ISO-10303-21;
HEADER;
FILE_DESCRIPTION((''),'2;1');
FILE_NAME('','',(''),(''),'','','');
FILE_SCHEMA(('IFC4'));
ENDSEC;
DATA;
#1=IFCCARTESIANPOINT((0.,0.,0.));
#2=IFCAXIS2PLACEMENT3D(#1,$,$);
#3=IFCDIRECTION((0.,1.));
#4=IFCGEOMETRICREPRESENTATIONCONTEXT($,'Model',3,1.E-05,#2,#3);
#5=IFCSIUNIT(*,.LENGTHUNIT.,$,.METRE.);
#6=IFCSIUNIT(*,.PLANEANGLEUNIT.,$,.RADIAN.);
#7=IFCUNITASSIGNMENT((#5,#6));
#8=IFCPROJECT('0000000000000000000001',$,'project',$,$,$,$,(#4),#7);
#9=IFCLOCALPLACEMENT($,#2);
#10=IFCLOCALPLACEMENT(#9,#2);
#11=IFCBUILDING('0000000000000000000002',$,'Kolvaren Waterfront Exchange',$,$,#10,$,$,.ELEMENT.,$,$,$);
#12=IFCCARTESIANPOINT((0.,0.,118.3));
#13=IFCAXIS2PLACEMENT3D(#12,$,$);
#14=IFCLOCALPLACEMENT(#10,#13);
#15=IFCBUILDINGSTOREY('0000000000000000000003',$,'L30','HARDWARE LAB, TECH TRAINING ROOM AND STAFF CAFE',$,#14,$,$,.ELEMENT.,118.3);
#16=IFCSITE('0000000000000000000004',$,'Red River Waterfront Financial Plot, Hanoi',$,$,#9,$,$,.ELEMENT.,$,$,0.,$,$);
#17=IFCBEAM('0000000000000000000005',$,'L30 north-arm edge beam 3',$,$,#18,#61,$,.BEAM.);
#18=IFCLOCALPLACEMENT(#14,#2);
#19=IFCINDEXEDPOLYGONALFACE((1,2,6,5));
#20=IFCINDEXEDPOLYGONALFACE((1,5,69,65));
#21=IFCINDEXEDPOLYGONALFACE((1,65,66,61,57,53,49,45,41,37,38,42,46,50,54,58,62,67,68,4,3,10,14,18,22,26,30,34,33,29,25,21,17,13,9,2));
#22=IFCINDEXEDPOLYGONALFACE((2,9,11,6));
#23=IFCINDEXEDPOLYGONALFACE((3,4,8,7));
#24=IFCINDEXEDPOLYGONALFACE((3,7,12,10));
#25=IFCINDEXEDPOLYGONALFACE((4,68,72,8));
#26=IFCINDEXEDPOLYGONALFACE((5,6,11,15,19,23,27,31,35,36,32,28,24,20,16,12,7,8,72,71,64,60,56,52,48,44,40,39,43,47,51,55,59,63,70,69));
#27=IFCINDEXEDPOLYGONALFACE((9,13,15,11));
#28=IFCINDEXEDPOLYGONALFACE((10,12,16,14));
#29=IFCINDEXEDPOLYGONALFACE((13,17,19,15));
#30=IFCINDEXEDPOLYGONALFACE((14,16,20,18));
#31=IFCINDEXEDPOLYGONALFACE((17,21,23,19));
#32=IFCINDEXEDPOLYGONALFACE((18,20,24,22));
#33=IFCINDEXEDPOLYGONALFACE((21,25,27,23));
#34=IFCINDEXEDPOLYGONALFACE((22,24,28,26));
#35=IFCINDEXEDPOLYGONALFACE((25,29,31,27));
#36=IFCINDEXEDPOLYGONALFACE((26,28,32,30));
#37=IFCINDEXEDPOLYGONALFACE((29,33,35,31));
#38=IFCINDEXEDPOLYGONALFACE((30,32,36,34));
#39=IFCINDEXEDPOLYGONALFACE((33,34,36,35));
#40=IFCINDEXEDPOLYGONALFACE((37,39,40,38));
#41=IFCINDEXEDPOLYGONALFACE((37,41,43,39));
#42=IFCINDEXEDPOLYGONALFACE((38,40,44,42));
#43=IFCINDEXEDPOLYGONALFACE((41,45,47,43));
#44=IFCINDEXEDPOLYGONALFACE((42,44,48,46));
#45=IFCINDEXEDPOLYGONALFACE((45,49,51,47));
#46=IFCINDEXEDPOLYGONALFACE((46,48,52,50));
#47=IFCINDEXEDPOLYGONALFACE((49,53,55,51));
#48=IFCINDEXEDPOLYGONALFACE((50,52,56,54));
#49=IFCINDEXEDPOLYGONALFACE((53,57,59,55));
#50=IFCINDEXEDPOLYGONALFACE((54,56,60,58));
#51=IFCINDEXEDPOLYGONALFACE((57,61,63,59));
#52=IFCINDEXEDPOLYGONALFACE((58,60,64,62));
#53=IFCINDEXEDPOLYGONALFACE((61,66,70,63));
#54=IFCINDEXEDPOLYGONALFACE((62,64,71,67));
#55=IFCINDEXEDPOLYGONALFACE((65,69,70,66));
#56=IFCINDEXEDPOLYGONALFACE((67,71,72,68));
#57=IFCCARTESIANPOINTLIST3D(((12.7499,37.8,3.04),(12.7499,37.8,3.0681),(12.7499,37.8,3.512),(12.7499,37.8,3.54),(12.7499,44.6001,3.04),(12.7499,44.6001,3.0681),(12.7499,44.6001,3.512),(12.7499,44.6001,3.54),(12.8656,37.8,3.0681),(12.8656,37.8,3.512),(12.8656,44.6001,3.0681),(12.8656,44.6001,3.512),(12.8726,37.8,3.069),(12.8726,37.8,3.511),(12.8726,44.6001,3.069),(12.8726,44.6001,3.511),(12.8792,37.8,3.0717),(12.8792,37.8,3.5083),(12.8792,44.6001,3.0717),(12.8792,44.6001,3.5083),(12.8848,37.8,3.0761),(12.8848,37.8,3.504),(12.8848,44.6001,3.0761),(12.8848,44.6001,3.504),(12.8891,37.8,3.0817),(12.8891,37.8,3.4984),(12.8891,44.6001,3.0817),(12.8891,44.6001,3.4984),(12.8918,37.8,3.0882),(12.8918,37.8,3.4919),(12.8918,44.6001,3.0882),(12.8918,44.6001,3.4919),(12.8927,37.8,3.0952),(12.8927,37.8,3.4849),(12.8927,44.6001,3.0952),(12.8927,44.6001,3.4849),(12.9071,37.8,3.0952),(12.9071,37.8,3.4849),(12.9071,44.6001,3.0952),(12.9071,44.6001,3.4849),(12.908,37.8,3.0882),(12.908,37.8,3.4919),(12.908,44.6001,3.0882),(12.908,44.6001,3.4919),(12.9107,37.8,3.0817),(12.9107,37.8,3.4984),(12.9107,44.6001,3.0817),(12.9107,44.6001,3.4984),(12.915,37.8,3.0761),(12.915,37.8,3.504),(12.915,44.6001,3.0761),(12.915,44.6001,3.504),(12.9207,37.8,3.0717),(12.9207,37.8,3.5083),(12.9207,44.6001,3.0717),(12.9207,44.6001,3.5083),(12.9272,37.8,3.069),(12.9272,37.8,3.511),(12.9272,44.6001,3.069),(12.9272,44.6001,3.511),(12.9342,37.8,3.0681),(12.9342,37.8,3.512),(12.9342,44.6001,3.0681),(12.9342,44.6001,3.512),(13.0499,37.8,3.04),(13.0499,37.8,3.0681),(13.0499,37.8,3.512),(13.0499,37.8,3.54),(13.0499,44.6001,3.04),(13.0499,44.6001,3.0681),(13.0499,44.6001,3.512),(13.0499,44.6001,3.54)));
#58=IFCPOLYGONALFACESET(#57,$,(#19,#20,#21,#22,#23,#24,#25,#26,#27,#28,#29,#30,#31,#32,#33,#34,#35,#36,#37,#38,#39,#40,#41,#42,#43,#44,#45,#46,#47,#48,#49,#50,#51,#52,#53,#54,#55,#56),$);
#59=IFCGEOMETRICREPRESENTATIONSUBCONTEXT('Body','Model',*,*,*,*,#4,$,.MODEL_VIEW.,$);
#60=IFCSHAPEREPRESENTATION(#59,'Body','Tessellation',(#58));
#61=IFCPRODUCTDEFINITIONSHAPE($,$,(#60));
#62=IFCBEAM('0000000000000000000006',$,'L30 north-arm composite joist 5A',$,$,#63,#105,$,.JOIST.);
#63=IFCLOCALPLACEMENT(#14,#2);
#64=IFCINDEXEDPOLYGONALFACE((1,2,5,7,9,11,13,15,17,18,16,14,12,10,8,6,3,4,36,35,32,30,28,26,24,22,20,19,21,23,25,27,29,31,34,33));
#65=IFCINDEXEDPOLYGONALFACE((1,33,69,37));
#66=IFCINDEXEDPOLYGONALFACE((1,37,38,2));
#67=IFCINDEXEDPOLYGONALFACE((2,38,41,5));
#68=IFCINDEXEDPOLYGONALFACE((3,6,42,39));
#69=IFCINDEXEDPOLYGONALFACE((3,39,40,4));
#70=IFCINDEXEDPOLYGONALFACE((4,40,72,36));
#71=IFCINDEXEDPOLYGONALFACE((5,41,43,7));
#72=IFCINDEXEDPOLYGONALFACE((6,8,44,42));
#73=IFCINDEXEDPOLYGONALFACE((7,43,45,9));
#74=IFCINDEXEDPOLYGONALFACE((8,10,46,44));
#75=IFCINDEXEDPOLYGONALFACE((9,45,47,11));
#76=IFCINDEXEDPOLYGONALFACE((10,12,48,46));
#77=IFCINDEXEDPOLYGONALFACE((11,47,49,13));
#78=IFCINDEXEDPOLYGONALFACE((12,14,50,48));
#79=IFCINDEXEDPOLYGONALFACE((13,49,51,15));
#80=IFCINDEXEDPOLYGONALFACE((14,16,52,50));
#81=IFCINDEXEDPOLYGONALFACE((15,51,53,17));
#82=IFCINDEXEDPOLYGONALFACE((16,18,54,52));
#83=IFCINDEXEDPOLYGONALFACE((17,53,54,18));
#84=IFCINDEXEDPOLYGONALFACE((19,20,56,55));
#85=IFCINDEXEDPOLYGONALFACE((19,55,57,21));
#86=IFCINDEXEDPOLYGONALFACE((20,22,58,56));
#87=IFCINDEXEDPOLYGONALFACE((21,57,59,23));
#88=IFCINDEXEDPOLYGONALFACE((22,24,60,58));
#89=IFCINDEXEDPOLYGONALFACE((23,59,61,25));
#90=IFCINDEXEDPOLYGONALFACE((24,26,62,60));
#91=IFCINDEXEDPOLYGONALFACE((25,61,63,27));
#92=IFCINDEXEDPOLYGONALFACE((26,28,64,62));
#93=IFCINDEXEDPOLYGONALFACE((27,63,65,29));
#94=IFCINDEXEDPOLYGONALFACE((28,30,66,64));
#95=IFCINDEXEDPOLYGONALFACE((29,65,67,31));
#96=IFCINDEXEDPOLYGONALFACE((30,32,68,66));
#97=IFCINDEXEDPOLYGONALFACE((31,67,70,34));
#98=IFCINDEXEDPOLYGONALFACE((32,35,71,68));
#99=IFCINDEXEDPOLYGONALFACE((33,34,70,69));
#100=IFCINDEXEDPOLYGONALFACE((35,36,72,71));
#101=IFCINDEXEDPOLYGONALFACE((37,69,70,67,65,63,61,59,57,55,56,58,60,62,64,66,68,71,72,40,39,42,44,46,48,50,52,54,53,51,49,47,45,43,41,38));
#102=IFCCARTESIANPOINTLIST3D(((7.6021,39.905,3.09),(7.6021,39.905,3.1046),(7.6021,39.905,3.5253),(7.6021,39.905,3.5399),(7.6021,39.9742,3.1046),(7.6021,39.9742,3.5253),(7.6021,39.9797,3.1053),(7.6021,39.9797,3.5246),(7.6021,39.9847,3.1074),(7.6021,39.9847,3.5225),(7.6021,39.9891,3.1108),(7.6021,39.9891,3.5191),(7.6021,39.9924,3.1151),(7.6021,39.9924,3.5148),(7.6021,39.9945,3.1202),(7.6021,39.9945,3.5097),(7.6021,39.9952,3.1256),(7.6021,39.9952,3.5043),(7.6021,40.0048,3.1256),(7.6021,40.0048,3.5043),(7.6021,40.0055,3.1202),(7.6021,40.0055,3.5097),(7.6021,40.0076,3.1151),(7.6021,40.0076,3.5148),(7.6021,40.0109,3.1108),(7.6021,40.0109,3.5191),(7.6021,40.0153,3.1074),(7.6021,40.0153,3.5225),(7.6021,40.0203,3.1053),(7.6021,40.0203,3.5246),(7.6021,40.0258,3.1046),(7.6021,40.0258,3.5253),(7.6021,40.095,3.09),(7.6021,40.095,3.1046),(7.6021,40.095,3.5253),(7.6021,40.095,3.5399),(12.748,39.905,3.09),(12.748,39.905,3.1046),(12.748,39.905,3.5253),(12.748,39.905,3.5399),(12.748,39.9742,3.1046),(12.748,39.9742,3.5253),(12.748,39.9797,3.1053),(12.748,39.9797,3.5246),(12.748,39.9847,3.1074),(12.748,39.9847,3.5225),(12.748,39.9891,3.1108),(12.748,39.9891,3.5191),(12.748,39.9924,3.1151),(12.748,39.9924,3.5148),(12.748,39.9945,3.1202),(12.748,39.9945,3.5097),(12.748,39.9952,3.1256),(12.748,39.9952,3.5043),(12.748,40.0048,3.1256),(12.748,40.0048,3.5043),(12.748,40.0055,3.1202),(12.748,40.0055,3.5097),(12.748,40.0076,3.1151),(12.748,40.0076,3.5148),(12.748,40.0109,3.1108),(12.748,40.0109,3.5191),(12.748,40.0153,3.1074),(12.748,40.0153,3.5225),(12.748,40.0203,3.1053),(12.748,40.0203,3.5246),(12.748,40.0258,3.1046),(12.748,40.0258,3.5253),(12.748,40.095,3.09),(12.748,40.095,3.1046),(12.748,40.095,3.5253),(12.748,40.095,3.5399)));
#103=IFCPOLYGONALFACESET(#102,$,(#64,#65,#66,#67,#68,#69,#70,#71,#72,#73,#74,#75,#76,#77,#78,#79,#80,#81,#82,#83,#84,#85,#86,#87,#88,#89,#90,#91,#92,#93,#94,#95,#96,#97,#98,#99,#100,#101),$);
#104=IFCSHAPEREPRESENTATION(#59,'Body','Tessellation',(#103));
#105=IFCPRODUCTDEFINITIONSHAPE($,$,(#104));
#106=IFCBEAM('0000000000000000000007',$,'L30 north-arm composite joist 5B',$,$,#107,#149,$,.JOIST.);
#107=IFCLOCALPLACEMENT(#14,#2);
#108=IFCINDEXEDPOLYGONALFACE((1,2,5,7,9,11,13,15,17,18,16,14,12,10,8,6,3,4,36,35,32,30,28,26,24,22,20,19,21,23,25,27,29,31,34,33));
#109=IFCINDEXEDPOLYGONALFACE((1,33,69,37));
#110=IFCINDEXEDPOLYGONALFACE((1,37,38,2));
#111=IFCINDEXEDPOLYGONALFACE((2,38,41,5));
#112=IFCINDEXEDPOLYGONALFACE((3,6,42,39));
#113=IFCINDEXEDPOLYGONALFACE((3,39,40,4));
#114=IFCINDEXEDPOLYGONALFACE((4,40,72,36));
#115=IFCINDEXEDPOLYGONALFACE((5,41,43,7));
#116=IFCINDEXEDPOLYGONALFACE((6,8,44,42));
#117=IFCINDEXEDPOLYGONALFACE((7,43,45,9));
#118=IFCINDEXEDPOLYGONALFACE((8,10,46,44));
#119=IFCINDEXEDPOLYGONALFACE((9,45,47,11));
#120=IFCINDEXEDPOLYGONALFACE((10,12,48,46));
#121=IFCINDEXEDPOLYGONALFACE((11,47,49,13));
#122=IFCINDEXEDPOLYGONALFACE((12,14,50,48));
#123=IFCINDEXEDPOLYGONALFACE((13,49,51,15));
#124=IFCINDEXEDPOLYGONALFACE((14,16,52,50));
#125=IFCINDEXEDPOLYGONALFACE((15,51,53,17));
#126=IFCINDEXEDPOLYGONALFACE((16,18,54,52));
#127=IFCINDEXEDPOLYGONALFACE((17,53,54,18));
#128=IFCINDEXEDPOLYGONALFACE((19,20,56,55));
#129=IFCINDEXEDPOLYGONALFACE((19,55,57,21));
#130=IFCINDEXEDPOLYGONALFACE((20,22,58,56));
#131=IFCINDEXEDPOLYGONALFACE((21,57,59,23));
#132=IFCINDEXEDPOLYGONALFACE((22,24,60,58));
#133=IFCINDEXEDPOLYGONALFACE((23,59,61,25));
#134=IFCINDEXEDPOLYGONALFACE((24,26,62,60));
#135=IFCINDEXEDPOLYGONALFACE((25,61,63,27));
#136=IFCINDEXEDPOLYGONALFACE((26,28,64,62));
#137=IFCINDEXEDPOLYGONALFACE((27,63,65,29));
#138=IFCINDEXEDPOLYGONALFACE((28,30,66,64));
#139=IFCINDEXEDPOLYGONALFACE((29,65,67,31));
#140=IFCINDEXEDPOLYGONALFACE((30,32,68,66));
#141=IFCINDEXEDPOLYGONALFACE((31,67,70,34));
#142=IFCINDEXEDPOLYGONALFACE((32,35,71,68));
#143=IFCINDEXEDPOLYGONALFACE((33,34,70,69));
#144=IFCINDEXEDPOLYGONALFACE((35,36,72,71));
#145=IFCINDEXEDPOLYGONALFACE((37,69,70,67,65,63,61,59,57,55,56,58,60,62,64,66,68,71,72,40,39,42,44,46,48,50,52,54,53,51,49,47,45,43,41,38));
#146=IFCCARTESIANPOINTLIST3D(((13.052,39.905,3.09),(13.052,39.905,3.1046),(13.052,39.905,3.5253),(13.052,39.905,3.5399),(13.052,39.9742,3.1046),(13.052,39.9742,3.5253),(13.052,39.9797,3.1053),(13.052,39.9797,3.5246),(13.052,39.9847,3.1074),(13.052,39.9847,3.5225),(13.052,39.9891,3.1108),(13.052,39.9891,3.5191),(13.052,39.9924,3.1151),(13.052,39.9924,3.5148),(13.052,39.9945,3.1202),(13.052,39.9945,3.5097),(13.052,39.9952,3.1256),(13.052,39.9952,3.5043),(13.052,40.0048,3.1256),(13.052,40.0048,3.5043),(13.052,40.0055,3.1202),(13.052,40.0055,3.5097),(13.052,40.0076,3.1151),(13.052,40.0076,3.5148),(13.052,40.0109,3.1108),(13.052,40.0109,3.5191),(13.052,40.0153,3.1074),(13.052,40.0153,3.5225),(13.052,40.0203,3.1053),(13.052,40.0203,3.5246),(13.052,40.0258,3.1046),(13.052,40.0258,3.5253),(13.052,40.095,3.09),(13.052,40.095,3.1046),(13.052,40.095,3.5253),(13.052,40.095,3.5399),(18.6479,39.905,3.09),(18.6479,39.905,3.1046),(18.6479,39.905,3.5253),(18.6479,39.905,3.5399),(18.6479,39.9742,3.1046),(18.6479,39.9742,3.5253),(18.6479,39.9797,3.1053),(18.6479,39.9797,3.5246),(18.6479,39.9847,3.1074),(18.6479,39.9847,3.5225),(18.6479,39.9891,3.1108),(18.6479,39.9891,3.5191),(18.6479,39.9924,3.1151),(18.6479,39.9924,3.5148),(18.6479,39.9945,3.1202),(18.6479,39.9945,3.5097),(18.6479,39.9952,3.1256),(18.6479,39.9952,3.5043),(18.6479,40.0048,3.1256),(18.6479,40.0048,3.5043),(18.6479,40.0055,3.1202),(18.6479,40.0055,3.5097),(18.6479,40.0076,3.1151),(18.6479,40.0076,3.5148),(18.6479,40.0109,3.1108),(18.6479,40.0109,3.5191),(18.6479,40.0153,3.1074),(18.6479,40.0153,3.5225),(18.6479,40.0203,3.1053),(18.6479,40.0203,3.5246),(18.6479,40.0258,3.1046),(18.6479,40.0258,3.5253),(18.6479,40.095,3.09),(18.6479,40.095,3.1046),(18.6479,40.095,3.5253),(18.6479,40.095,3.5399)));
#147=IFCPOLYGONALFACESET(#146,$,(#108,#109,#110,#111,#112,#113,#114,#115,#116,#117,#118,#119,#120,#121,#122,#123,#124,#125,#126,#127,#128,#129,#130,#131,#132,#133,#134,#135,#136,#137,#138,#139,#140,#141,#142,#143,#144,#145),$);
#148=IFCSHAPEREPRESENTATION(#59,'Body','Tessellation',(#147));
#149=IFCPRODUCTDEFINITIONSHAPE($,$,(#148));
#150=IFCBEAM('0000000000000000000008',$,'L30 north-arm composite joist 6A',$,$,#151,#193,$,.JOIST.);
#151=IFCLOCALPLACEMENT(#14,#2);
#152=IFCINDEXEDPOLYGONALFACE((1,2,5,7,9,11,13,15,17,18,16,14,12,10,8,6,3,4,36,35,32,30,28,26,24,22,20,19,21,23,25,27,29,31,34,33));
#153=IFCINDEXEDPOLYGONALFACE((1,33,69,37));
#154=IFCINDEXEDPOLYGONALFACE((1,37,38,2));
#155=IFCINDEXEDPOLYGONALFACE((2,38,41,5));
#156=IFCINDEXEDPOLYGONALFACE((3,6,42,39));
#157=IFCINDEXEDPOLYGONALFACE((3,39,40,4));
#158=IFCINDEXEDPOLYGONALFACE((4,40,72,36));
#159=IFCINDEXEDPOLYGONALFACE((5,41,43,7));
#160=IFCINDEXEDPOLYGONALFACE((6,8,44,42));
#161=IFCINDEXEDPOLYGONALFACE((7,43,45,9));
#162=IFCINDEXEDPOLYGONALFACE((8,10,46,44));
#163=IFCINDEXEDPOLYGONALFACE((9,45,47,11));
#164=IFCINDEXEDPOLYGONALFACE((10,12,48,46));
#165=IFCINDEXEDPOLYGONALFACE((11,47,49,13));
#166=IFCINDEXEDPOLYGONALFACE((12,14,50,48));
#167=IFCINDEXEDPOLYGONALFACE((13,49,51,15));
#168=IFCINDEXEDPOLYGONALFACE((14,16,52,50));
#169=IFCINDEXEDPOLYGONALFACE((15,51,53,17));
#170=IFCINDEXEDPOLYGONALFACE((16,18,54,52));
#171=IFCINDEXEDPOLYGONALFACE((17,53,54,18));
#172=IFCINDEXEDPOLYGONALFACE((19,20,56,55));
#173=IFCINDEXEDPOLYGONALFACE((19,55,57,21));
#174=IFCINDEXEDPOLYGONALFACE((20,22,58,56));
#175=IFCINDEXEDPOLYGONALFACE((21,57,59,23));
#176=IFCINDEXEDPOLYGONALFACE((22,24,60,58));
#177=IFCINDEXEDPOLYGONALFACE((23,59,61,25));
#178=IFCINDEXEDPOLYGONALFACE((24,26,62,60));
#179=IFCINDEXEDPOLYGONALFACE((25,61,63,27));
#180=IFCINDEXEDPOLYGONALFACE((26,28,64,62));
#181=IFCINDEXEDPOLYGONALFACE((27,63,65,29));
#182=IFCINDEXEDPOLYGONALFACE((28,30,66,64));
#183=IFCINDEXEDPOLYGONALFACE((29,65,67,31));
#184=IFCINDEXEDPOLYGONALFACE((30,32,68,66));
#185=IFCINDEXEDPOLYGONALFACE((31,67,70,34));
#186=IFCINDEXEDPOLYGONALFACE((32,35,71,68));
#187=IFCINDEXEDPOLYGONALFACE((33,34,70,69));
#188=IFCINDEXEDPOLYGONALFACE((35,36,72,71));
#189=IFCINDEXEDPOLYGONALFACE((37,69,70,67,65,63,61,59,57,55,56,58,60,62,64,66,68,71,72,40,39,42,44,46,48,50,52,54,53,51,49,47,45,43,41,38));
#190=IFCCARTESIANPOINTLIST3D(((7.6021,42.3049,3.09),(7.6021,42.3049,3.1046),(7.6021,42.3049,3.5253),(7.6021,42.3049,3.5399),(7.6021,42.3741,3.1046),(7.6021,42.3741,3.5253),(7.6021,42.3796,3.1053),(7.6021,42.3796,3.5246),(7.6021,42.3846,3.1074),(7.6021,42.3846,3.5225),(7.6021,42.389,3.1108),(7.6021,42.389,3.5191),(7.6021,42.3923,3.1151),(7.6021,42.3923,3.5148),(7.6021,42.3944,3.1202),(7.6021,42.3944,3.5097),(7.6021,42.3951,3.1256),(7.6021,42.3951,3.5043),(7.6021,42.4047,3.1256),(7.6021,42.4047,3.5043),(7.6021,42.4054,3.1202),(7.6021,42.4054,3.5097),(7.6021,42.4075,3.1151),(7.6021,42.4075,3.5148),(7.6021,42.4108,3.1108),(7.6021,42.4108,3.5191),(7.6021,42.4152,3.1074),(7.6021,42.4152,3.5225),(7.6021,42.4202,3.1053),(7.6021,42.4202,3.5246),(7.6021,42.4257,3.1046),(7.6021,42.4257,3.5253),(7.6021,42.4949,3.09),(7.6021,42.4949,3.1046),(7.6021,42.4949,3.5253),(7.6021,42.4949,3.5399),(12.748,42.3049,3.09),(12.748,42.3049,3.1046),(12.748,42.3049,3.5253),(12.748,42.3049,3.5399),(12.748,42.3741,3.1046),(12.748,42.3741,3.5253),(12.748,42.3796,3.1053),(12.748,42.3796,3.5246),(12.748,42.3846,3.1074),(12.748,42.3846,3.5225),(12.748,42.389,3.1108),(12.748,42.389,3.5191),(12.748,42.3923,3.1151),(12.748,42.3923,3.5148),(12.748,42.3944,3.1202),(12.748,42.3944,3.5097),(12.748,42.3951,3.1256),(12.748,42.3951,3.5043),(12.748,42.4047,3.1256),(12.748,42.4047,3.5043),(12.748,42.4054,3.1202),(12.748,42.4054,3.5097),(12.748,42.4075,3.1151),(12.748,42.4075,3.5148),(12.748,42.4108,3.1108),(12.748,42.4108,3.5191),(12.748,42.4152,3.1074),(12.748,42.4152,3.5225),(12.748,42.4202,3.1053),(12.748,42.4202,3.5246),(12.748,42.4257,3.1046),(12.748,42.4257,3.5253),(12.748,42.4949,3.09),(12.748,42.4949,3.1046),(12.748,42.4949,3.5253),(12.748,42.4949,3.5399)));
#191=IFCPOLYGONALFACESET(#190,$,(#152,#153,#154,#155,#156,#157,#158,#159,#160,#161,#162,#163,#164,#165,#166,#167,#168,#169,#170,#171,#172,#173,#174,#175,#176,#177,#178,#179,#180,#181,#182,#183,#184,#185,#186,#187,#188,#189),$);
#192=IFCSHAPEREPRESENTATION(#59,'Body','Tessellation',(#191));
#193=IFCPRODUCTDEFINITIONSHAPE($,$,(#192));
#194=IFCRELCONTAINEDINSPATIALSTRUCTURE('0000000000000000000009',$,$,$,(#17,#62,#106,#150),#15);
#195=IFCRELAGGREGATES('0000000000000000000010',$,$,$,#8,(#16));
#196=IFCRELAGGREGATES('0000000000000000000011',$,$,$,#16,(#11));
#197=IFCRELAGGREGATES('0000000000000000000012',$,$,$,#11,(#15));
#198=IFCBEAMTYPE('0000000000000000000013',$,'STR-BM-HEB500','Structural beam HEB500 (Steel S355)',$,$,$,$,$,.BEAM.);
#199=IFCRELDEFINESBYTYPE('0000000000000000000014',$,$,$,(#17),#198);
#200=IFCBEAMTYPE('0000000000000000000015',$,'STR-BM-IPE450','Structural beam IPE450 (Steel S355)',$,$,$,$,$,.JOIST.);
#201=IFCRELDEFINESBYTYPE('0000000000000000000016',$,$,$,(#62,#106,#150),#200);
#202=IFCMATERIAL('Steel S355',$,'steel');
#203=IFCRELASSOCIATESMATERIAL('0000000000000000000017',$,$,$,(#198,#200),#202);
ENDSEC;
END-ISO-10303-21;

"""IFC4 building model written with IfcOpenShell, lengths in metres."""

from ifc_helpers import new_model, si_unit, direction, frame, origin, origin_2d, place, context, subcontext, project, spatial, i_section, extrude, material, material_profile, profile_set, type_object, element, save


model = new_model("IFC4")

# Units and contexts
model_context = context("Model", 3, precision=1e-05, world=origin(), true_north=direction((0.0, 1.0)))
body_context = subcontext(model_context, "Body", "Model", "MODEL_VIEW")
ifc_project = project(units=[si_unit("LENGTHUNIT", "METRE"), si_unit("PLANEANGLEUNIT", "RADIAN")], contexts=[model_context])

# Site, building, storey
site_placement = place(None, origin())
site = spatial("IfcSite", under=ifc_project, at=site_placement, Name="Red River Waterfront Financial Plot, Hanoi", CompositionType="ELEMENT", RefElevation=0.0)
building_placement = place(site_placement, origin())
building = spatial("IfcBuilding", under=site, at=building_placement, Name="Kolvaren Waterfront Exchange", CompositionType="ELEMENT")
storey_placement = place(building_placement, frame((0.0, 0.0, 118.3)))
storey = spatial("IfcBuildingStorey", under=building, at=storey_placement, Name="L30", Description="HARDWARE LAB, TECH TRAINING ROOM AND STAFF CAFE", CompositionType="ELEMENT", Elevation=118.3)

# Beams
ifc_material_1 = material(Name="Steel S355", Category="steel")
ifc_material_profile_1 = material_profile(ifc_material_1, i_section(OverallWidth=0.3, OverallDepth=0.5, WebThickness=0.0144, FlangeThickness=0.0281, FilletRadius=0.0271, at=origin_2d()), Name="HEB500")
ifc_profile_set_1 = profile_set([ifc_material_profile_1], Name="Steel S355")
beam_type_1 = type_object("IfcBeamType", Name="STR-BM-HEB500", Description="Structural beam HEB500 (Steel S355)", PredefinedType="BEAM", material=ifc_profile_set_1)
beam_1_placement = place(storey_placement, frame((12.8999, 37.8, 3.29), z_axis=(0.0, 1.0, 0.0), x_axis=(-1.0, 0.0, 0.0)))
element("IfcBeam", 1, at=beam_1_placement, inside=storey, type_object=beam_type_1, Name="L30 north-arm edge beam 3", PredefinedType="BEAM", context=body_context, shape_type="SweptSolid", body=[
    extrude(i_section(OverallWidth=0.3, OverallDepth=0.5, WebThickness=0.0144, FlangeThickness=0.0281, FilletRadius=0.0271, at=origin_2d()), origin(), (0.0, 0.0, 1.0), 6.8),
])
ifc_material_profile_2 = material_profile(ifc_material_1, i_section(OverallWidth=0.1899, OverallDepth=0.45, WebThickness=0.0095, FlangeThickness=0.0146, FilletRadius=0.021, at=origin_2d()), Name="IPE450")
ifc_profile_set_2 = profile_set([ifc_material_profile_2], Name="Steel S355")
beam_type_2 = type_object("IfcBeamType", Name="STR-BM-IPE450", Description="Structural beam IPE450 (Steel S355)", PredefinedType="JOIST", material=ifc_profile_set_2)
beam_2_placement = place(storey_placement, frame((7.6021, 40.0, 3.3149), z_axis=(1.0, 0.0, 0.0), x_axis=(0.0, 1.0, 0.0)))
element("IfcBeam", 2, at=beam_2_placement, inside=storey, type_object=beam_type_2, Name="L30 north-arm composite joist 5A", PredefinedType="JOIST", context=body_context, shape_type="SweptSolid", body=[
    extrude(i_section(OverallWidth=0.1899, OverallDepth=0.45, WebThickness=0.0095, FlangeThickness=0.0146, FilletRadius=0.021, at=origin_2d()), origin(), (0.0, 0.0, 1.0), 5.146),
])
beam_3_placement = place(storey_placement, frame((13.052, 40.0, 3.3149), z_axis=(1.0, 0.0, 0.0), x_axis=(0.0, 1.0, 0.0)))
element("IfcBeam", 3, at=beam_3_placement, inside=storey, type_object=beam_type_2, Name="L30 north-arm composite joist 5B", PredefinedType="JOIST", context=body_context, shape_type="SweptSolid", body=[
    extrude(i_section(OverallWidth=0.1899, OverallDepth=0.45, WebThickness=0.0095, FlangeThickness=0.0146, FilletRadius=0.021, at=origin_2d()), origin(), (0.0, 0.0, 1.0), 5.5959),
])
beam_4_placement = place(storey_placement, frame((7.6021, 42.3999, 3.3149), z_axis=(1.0, 0.0, 0.0), x_axis=(0.0, 1.0, 0.0)))
element("IfcBeam", 4, at=beam_4_placement, inside=storey, type_object=beam_type_2, Name="L30 north-arm composite joist 6A", PredefinedType="JOIST", context=body_context, shape_type="SweptSolid", body=[
    extrude(i_section(OverallWidth=0.1899, OverallDepth=0.45, WebThickness=0.0095, FlangeThickness=0.0146, FilletRadius=0.021, at=origin_2d()), origin(), (0.0, 0.0, 1.0), 5.146),
])

save(model, "model.ifc")
